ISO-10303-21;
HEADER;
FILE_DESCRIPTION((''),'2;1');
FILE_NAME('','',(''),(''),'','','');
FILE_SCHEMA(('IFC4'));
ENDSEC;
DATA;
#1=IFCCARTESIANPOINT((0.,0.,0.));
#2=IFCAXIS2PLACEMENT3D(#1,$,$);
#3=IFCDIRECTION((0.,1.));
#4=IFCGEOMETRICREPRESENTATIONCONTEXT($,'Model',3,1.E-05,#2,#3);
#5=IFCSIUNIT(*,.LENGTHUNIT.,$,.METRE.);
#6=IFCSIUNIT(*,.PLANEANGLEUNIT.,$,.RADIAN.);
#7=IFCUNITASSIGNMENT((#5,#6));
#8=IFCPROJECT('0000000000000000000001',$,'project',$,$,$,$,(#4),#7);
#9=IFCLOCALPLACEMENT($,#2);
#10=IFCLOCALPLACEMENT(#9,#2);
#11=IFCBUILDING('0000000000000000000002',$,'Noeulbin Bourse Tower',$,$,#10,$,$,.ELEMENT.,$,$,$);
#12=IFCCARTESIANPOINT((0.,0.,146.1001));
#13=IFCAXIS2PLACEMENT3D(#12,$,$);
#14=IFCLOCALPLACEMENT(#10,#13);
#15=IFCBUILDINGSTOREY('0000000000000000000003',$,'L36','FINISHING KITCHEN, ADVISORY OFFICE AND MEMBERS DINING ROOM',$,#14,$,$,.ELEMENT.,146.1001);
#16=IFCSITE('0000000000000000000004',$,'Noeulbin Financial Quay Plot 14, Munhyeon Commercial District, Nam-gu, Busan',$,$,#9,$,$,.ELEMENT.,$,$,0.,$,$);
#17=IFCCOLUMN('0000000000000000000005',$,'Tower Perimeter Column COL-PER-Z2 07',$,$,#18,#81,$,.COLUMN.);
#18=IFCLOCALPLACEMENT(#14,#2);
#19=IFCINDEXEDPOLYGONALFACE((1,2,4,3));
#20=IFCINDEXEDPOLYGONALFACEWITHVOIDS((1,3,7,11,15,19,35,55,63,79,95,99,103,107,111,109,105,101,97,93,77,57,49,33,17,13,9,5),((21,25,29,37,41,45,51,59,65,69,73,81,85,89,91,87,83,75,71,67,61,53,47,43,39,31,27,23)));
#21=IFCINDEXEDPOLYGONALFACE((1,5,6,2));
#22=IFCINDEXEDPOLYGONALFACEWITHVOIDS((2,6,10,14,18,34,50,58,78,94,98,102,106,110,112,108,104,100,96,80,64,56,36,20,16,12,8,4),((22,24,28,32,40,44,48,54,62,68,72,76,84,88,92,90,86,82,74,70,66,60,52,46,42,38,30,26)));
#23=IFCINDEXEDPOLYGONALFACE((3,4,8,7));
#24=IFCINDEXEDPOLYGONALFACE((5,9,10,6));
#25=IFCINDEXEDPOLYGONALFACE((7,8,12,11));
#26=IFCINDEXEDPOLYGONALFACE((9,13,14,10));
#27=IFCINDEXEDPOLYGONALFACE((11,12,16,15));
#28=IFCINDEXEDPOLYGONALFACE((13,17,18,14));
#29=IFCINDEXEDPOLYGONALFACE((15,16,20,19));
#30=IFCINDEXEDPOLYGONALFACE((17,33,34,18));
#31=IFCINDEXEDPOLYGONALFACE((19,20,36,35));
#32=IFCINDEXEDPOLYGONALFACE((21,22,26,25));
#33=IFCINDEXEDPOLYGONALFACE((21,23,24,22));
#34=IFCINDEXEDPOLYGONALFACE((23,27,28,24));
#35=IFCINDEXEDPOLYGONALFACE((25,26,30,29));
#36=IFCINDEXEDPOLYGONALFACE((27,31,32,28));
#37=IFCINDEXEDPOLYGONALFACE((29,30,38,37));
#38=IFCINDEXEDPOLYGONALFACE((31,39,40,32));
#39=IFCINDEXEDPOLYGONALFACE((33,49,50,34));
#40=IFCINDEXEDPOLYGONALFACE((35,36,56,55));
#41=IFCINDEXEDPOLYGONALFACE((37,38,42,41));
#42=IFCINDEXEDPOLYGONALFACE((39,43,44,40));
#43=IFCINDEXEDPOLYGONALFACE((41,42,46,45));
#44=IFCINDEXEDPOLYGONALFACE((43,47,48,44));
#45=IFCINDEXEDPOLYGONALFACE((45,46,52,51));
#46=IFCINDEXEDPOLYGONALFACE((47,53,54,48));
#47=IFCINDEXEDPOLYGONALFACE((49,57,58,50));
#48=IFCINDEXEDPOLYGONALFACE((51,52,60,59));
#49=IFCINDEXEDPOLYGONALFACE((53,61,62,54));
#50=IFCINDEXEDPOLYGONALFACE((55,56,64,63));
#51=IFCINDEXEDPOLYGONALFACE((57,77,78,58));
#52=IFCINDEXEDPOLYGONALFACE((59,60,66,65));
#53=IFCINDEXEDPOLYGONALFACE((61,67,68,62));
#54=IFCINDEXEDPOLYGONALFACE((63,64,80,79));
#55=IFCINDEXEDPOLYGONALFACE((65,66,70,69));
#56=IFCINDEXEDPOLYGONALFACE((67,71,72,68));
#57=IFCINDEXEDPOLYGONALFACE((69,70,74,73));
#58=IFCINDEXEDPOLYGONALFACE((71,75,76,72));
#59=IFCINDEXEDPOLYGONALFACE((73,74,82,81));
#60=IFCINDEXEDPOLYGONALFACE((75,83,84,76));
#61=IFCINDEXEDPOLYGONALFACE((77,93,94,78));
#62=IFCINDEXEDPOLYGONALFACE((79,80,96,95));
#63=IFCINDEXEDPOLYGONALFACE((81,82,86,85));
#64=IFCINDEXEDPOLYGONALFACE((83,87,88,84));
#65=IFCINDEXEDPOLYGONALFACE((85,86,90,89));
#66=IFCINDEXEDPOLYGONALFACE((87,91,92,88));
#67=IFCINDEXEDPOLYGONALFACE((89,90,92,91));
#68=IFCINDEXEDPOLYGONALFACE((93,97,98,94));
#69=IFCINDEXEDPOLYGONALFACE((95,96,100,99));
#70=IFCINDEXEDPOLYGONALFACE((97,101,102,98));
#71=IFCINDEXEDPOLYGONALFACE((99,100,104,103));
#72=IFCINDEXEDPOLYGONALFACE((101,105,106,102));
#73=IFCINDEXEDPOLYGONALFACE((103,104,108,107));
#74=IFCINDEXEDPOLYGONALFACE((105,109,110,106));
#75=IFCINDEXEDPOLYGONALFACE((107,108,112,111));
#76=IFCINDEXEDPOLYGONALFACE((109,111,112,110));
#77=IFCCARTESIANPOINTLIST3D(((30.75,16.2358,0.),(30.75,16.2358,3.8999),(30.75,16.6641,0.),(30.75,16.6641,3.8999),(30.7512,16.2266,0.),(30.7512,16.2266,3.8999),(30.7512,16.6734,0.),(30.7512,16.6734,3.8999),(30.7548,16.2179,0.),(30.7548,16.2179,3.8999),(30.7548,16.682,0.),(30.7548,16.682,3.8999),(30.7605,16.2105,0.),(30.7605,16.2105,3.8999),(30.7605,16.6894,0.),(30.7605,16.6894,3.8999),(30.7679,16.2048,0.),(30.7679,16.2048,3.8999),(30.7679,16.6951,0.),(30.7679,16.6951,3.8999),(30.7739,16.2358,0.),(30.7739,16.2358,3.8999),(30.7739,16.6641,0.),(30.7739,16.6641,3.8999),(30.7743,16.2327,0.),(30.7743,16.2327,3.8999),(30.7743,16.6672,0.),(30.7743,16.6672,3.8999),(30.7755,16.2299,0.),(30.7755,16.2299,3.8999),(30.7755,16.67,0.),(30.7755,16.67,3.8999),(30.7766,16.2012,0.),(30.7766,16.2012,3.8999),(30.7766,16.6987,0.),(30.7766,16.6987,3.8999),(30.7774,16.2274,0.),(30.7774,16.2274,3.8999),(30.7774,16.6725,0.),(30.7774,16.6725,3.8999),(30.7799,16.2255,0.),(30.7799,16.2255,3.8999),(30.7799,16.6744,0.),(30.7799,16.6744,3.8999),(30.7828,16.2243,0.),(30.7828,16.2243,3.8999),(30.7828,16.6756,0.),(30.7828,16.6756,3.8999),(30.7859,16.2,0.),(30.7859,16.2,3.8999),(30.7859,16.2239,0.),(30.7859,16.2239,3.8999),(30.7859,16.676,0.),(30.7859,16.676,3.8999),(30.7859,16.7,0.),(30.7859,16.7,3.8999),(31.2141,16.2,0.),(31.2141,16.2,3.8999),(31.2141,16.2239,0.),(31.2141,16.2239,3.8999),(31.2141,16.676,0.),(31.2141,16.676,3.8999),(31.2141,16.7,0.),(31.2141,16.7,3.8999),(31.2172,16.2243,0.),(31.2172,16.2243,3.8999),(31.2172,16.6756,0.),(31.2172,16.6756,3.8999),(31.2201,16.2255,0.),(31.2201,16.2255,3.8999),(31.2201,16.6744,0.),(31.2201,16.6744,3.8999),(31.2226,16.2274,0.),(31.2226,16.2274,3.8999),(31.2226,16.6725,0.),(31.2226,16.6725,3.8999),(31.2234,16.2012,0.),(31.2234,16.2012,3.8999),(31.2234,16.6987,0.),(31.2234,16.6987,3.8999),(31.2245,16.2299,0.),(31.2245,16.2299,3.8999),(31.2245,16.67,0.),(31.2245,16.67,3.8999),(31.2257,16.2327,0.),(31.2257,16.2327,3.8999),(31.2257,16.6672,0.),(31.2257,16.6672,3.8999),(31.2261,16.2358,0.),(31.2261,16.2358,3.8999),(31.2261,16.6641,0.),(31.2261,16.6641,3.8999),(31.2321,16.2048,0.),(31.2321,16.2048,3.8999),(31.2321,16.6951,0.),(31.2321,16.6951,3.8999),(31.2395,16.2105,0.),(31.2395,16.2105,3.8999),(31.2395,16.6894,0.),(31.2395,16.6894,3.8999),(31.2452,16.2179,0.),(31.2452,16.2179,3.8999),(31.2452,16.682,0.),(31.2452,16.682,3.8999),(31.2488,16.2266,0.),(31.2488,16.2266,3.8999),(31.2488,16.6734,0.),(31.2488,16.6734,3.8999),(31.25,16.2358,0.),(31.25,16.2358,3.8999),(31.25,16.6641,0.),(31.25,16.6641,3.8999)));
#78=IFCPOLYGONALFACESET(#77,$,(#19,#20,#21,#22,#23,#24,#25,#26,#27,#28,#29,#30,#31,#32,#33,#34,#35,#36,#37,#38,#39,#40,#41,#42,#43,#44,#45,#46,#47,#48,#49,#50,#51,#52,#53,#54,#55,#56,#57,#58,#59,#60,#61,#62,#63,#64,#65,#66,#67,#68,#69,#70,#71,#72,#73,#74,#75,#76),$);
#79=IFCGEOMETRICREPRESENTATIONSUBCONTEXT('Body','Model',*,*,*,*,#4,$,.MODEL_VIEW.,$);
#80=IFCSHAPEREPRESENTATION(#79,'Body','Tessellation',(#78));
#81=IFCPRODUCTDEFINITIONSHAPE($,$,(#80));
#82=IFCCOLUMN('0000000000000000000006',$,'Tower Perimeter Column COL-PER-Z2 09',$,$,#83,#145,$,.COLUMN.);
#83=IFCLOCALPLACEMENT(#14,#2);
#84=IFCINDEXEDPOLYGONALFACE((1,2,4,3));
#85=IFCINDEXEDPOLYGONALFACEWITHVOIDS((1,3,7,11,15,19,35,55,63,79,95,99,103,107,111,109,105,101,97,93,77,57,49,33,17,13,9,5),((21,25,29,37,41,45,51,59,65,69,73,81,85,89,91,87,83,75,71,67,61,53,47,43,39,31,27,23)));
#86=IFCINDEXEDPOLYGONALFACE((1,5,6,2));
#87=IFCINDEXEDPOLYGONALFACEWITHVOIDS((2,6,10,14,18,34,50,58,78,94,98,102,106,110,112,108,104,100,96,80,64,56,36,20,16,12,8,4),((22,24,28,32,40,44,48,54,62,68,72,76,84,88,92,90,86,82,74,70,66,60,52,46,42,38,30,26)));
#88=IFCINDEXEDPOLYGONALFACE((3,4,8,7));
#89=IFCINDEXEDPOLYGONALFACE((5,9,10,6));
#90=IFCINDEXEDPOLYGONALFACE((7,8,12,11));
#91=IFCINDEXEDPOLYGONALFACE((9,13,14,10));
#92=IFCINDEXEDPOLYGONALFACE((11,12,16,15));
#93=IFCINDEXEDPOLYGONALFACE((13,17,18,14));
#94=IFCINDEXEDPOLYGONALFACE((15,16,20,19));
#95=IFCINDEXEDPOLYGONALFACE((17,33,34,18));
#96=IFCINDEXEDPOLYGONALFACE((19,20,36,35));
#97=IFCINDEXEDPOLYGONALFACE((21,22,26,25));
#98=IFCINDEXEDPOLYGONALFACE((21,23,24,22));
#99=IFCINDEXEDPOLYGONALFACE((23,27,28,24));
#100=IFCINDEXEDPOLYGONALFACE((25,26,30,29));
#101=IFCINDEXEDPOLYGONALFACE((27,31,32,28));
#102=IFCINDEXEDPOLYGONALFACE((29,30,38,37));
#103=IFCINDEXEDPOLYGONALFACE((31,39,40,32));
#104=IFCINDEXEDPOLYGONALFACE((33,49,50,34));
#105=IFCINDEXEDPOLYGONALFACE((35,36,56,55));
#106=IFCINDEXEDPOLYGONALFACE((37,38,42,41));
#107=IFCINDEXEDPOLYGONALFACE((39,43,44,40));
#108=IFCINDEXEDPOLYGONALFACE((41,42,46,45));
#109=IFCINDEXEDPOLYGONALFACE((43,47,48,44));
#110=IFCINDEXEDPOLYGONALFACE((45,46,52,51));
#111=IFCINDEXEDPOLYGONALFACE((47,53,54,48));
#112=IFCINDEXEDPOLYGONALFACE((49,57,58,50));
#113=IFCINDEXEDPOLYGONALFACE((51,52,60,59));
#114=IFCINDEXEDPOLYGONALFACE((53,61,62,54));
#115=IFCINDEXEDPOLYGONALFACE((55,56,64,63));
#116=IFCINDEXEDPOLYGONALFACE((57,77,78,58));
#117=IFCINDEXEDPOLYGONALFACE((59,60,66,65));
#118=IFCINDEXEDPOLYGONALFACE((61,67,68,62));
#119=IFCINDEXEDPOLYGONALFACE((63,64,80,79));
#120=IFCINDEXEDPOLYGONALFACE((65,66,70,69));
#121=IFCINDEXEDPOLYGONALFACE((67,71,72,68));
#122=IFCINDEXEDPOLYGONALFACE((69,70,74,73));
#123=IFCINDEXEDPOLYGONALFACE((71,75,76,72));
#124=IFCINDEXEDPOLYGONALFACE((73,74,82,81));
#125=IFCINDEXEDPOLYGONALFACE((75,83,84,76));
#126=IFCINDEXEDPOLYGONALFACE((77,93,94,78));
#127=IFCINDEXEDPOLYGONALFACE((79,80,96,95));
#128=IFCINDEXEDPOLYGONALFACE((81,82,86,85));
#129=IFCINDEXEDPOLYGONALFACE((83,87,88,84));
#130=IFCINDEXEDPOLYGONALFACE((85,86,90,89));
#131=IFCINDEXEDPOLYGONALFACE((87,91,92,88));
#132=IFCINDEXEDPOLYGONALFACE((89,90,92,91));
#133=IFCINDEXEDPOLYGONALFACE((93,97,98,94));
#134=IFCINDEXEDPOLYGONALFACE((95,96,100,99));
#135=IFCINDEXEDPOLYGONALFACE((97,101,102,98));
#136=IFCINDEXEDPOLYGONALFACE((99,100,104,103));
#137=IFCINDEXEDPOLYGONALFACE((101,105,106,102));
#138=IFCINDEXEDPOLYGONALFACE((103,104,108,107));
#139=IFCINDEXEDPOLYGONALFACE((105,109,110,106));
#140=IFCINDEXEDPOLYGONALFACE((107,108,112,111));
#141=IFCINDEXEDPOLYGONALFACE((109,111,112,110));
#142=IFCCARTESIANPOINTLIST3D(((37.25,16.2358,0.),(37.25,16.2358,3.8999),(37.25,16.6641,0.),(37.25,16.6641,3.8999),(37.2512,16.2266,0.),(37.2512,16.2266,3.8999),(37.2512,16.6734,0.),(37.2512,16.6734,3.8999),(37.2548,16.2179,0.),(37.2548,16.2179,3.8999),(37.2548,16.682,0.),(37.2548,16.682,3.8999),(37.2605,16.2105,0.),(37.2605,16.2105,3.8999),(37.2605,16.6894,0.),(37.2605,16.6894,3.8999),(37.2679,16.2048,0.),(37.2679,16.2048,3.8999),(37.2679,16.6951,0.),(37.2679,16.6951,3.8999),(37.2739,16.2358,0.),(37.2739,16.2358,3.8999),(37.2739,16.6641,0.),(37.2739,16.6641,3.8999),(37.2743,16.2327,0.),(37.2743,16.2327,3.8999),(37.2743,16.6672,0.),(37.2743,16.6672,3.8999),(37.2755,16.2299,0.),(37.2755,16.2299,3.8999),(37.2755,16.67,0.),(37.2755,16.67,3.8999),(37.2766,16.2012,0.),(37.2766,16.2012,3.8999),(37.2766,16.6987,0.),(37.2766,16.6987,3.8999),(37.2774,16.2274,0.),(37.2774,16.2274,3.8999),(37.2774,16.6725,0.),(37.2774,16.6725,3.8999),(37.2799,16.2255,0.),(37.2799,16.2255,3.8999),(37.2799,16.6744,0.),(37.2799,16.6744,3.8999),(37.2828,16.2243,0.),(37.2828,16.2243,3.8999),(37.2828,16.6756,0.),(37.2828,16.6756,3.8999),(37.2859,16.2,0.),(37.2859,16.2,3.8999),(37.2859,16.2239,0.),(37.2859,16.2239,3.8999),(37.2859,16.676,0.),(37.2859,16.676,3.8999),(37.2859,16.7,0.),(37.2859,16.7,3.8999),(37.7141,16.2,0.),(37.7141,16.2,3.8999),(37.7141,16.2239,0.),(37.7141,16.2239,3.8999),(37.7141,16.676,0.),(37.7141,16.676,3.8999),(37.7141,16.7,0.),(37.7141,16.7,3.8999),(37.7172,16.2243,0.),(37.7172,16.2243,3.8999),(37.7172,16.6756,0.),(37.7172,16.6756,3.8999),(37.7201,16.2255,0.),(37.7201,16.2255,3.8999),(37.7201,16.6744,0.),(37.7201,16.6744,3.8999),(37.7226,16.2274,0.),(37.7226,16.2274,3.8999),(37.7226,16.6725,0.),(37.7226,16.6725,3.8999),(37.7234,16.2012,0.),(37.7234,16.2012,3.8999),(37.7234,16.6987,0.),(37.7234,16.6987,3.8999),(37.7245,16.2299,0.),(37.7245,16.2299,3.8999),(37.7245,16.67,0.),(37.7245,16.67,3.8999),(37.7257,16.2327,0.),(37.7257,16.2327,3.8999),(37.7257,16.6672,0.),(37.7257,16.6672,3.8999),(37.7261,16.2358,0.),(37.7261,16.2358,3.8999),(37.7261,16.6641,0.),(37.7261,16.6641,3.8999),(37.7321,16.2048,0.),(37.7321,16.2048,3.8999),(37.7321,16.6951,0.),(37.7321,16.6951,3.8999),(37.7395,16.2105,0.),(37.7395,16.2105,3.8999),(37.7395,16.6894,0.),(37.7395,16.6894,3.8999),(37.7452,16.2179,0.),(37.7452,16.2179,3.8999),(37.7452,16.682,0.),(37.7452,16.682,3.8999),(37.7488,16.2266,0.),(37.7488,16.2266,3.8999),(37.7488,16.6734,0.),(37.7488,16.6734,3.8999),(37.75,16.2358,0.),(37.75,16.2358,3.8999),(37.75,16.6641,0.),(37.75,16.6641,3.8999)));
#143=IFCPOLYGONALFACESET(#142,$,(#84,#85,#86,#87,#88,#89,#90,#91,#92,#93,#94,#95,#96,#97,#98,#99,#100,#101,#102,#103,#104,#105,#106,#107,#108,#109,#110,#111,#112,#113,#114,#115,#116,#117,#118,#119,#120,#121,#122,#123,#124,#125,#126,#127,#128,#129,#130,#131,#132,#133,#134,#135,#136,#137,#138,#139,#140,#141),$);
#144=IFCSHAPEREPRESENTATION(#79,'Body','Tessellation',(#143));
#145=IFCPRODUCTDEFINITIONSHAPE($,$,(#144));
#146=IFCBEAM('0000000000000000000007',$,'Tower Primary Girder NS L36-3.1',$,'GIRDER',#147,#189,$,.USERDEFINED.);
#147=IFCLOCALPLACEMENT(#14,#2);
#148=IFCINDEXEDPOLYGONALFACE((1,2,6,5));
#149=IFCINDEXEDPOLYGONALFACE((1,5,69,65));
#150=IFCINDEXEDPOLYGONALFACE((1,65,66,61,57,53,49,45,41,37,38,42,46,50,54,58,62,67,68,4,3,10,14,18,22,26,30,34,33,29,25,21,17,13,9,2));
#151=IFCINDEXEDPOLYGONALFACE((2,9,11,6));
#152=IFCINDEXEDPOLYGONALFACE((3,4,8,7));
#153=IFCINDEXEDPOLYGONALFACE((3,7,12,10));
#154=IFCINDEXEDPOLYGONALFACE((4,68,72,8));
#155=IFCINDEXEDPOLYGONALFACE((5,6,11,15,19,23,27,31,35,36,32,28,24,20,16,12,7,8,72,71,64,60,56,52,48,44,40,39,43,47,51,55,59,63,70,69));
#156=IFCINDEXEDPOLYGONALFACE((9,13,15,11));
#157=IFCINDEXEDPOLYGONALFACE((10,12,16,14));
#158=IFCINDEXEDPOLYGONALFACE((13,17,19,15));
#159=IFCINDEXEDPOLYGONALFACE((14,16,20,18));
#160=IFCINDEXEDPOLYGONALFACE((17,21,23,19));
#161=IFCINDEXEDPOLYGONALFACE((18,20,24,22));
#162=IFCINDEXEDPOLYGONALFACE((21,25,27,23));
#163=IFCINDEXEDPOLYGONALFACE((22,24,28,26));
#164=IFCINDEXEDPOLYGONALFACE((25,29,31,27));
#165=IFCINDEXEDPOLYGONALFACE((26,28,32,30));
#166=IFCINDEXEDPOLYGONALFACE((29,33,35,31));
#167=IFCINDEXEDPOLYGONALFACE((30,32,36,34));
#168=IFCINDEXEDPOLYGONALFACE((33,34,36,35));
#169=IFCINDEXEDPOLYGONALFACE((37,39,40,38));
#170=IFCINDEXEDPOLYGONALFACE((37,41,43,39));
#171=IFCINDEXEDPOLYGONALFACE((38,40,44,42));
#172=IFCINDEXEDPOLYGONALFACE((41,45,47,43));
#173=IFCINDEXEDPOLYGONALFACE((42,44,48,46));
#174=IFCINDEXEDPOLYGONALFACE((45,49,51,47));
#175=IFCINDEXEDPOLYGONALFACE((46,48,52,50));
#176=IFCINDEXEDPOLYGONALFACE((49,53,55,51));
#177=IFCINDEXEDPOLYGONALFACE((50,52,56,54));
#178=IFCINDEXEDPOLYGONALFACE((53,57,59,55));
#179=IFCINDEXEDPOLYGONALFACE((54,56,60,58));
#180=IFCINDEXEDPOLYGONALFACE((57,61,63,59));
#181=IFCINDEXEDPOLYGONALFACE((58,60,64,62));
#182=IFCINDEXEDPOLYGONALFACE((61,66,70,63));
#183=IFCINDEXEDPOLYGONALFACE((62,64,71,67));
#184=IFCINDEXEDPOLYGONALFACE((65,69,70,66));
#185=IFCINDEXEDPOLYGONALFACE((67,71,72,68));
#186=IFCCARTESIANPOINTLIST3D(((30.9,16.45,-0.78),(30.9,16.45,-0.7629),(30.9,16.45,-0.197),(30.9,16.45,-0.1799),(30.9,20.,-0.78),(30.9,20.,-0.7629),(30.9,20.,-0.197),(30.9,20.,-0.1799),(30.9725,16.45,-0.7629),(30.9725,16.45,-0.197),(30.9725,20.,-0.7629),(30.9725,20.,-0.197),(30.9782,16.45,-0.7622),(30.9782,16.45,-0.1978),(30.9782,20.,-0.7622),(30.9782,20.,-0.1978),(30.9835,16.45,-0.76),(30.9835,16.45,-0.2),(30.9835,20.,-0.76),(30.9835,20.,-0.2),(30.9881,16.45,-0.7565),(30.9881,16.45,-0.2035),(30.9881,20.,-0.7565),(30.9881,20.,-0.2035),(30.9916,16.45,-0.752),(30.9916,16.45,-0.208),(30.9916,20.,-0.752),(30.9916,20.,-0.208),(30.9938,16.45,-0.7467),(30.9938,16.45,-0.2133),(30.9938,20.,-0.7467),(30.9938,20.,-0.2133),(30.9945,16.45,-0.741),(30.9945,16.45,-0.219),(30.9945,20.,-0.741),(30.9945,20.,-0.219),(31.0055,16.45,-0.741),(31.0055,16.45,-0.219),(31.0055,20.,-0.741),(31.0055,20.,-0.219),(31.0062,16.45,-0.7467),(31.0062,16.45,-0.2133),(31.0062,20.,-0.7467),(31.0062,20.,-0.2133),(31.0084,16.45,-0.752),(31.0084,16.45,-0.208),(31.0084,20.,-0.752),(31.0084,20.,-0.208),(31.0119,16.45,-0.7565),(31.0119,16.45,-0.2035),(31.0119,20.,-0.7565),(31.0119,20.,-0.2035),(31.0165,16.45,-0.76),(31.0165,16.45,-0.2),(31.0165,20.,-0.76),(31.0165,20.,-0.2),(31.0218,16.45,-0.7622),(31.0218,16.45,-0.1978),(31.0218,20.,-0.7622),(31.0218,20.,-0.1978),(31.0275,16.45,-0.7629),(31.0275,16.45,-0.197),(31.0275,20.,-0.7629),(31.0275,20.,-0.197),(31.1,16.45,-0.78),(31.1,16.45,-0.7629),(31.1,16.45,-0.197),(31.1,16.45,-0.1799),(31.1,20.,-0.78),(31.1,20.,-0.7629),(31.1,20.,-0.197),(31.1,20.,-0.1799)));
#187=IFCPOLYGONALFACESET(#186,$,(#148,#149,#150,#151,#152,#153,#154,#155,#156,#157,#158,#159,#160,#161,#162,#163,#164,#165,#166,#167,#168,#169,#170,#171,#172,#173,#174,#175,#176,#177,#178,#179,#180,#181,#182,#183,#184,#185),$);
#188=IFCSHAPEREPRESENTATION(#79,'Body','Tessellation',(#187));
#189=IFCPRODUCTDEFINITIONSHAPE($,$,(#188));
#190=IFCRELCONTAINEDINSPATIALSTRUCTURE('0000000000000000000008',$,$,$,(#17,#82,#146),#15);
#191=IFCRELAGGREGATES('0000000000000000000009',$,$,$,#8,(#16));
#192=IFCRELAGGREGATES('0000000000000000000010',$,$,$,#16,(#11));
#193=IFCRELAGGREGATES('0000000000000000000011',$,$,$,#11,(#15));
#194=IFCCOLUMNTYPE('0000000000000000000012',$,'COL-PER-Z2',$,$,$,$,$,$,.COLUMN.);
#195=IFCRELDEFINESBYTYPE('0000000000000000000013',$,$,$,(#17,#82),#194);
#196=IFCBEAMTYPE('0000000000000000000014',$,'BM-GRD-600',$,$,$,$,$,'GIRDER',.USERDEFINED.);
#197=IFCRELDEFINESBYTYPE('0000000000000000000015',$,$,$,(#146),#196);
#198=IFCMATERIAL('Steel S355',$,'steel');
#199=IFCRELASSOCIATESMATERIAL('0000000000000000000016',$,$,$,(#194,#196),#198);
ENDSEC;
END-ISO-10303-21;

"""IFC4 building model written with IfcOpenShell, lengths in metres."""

from ifc_helpers import new_model, si_unit, direction, frame, origin, origin_2d, place, context, subcontext, project, spatial, hollow_rectangle, i_section, extrude, material, material_profile, profile_set, type_object, element, save


model = new_model("IFC4")

# Units and contexts
model_context = context("Model", 3, precision=1e-05, world=origin(), true_north=direction((0.0, 1.0)))
body_context = subcontext(model_context, "Body", "Model", "MODEL_VIEW")
ifc_project = project(units=[si_unit("LENGTHUNIT", "METRE"), si_unit("PLANEANGLEUNIT", "RADIAN")], contexts=[model_context])

# Site, building, storey
site_placement = place(None, origin())
site = spatial("IfcSite", under=ifc_project, at=site_placement, Name="Noeulbin Financial Quay Plot 14, Munhyeon Commercial District, Nam-gu, Busan", CompositionType="ELEMENT", RefElevation=0.0)
building_placement = place(site_placement, origin())
building = spatial("IfcBuilding", under=site, at=building_placement, Name="Noeulbin Bourse Tower", CompositionType="ELEMENT")
storey_placement = place(building_placement, frame((0.0, 0.0, 146.1001)))
storey = spatial("IfcBuildingStorey", under=building, at=storey_placement, Name="L36", Description="FINISHING KITCHEN, ADVISORY OFFICE AND MEMBERS DINING ROOM", CompositionType="ELEMENT", Elevation=146.1001)

# Columns
ifc_material_1 = material(Name="Steel S355", Category="steel")
ifc_material_profile_1 = material_profile(ifc_material_1, hollow_rectangle(XDim=0.5, YDim=0.5, WallThickness=0.0239, InnerFilletRadius=0.012, OuterFilletRadius=0.0359, at=origin_2d()), Name="BOX-500x500x24", Category="LoadBearing")
ifc_profile_set_1 = profile_set([ifc_material_profile_1], Name="Steel S355")
column_type = type_object("IfcColumnType", Name="COL-PER-Z2", PredefinedType="COLUMN", material=ifc_profile_set_1)
for number, where, z_axis, x_axis, name in (
    (1, (31.0, 16.45, 0.0), (0.0, 0.0, 1.0), (1.0, 0.0, 0.0), "Tower Perimeter Column COL-PER-Z2 07"),
    (2, (37.5, 16.45, 0.0), (0.0, 0.0, 1.0), (1.0, 0.0, 0.0), "Tower Perimeter Column COL-PER-Z2 09"),
):
    element("IfcColumn", number, at=place(storey_placement, frame(where, z_axis=z_axis, x_axis=x_axis)), inside=storey, type_object=column_type, Name=name, PredefinedType="COLUMN", context=body_context, shape_type="SweptSolid", body=[
        extrude(hollow_rectangle(XDim=0.5, YDim=0.5, WallThickness=0.0239, InnerFilletRadius=0.012, OuterFilletRadius=0.0359, at=origin_2d()), origin(), (0.0, 0.0, 1.0), 3.8999),
    ])

# Beam
ifc_material_profile_2 = material_profile(ifc_material_1, i_section(OverallWidth=0.2, OverallDepth=0.6001, WebThickness=0.011, FlangeThickness=0.0171, FilletRadius=0.022, at=origin_2d()), Name="H-600x200x11x17", Category="LoadBearing")
ifc_profile_set_2 = profile_set([ifc_material_profile_2], Name="Steel S355")
beam_type_1 = type_object("IfcBeamType", Name="BM-GRD-600", ElementType="GIRDER", PredefinedType="USERDEFINED", material=ifc_profile_set_2)
for number, where, z_axis, x_axis, name in (
    (3, (31.0, 16.45, -0.48), (0.0, 1.0, 0.0), (-1.0, 0.0, 0.0), "Tower Primary Girder NS L36-3.1"),
):
    element("IfcBeam", number, at=place(storey_placement, frame(where, z_axis=z_axis, x_axis=x_axis)), inside=storey, type_object=beam_type_1, Name=name, ObjectType="GIRDER", PredefinedType="USERDEFINED", context=body_context, shape_type="SweptSolid", body=[
        extrude(i_section(OverallWidth=0.2, OverallDepth=0.6001, WebThickness=0.011, FlangeThickness=0.0171, FilletRadius=0.022, at=origin_2d()), origin(), (0.0, 0.0, 1.0), 3.55),
    ])

save(model, "model.ifc")
